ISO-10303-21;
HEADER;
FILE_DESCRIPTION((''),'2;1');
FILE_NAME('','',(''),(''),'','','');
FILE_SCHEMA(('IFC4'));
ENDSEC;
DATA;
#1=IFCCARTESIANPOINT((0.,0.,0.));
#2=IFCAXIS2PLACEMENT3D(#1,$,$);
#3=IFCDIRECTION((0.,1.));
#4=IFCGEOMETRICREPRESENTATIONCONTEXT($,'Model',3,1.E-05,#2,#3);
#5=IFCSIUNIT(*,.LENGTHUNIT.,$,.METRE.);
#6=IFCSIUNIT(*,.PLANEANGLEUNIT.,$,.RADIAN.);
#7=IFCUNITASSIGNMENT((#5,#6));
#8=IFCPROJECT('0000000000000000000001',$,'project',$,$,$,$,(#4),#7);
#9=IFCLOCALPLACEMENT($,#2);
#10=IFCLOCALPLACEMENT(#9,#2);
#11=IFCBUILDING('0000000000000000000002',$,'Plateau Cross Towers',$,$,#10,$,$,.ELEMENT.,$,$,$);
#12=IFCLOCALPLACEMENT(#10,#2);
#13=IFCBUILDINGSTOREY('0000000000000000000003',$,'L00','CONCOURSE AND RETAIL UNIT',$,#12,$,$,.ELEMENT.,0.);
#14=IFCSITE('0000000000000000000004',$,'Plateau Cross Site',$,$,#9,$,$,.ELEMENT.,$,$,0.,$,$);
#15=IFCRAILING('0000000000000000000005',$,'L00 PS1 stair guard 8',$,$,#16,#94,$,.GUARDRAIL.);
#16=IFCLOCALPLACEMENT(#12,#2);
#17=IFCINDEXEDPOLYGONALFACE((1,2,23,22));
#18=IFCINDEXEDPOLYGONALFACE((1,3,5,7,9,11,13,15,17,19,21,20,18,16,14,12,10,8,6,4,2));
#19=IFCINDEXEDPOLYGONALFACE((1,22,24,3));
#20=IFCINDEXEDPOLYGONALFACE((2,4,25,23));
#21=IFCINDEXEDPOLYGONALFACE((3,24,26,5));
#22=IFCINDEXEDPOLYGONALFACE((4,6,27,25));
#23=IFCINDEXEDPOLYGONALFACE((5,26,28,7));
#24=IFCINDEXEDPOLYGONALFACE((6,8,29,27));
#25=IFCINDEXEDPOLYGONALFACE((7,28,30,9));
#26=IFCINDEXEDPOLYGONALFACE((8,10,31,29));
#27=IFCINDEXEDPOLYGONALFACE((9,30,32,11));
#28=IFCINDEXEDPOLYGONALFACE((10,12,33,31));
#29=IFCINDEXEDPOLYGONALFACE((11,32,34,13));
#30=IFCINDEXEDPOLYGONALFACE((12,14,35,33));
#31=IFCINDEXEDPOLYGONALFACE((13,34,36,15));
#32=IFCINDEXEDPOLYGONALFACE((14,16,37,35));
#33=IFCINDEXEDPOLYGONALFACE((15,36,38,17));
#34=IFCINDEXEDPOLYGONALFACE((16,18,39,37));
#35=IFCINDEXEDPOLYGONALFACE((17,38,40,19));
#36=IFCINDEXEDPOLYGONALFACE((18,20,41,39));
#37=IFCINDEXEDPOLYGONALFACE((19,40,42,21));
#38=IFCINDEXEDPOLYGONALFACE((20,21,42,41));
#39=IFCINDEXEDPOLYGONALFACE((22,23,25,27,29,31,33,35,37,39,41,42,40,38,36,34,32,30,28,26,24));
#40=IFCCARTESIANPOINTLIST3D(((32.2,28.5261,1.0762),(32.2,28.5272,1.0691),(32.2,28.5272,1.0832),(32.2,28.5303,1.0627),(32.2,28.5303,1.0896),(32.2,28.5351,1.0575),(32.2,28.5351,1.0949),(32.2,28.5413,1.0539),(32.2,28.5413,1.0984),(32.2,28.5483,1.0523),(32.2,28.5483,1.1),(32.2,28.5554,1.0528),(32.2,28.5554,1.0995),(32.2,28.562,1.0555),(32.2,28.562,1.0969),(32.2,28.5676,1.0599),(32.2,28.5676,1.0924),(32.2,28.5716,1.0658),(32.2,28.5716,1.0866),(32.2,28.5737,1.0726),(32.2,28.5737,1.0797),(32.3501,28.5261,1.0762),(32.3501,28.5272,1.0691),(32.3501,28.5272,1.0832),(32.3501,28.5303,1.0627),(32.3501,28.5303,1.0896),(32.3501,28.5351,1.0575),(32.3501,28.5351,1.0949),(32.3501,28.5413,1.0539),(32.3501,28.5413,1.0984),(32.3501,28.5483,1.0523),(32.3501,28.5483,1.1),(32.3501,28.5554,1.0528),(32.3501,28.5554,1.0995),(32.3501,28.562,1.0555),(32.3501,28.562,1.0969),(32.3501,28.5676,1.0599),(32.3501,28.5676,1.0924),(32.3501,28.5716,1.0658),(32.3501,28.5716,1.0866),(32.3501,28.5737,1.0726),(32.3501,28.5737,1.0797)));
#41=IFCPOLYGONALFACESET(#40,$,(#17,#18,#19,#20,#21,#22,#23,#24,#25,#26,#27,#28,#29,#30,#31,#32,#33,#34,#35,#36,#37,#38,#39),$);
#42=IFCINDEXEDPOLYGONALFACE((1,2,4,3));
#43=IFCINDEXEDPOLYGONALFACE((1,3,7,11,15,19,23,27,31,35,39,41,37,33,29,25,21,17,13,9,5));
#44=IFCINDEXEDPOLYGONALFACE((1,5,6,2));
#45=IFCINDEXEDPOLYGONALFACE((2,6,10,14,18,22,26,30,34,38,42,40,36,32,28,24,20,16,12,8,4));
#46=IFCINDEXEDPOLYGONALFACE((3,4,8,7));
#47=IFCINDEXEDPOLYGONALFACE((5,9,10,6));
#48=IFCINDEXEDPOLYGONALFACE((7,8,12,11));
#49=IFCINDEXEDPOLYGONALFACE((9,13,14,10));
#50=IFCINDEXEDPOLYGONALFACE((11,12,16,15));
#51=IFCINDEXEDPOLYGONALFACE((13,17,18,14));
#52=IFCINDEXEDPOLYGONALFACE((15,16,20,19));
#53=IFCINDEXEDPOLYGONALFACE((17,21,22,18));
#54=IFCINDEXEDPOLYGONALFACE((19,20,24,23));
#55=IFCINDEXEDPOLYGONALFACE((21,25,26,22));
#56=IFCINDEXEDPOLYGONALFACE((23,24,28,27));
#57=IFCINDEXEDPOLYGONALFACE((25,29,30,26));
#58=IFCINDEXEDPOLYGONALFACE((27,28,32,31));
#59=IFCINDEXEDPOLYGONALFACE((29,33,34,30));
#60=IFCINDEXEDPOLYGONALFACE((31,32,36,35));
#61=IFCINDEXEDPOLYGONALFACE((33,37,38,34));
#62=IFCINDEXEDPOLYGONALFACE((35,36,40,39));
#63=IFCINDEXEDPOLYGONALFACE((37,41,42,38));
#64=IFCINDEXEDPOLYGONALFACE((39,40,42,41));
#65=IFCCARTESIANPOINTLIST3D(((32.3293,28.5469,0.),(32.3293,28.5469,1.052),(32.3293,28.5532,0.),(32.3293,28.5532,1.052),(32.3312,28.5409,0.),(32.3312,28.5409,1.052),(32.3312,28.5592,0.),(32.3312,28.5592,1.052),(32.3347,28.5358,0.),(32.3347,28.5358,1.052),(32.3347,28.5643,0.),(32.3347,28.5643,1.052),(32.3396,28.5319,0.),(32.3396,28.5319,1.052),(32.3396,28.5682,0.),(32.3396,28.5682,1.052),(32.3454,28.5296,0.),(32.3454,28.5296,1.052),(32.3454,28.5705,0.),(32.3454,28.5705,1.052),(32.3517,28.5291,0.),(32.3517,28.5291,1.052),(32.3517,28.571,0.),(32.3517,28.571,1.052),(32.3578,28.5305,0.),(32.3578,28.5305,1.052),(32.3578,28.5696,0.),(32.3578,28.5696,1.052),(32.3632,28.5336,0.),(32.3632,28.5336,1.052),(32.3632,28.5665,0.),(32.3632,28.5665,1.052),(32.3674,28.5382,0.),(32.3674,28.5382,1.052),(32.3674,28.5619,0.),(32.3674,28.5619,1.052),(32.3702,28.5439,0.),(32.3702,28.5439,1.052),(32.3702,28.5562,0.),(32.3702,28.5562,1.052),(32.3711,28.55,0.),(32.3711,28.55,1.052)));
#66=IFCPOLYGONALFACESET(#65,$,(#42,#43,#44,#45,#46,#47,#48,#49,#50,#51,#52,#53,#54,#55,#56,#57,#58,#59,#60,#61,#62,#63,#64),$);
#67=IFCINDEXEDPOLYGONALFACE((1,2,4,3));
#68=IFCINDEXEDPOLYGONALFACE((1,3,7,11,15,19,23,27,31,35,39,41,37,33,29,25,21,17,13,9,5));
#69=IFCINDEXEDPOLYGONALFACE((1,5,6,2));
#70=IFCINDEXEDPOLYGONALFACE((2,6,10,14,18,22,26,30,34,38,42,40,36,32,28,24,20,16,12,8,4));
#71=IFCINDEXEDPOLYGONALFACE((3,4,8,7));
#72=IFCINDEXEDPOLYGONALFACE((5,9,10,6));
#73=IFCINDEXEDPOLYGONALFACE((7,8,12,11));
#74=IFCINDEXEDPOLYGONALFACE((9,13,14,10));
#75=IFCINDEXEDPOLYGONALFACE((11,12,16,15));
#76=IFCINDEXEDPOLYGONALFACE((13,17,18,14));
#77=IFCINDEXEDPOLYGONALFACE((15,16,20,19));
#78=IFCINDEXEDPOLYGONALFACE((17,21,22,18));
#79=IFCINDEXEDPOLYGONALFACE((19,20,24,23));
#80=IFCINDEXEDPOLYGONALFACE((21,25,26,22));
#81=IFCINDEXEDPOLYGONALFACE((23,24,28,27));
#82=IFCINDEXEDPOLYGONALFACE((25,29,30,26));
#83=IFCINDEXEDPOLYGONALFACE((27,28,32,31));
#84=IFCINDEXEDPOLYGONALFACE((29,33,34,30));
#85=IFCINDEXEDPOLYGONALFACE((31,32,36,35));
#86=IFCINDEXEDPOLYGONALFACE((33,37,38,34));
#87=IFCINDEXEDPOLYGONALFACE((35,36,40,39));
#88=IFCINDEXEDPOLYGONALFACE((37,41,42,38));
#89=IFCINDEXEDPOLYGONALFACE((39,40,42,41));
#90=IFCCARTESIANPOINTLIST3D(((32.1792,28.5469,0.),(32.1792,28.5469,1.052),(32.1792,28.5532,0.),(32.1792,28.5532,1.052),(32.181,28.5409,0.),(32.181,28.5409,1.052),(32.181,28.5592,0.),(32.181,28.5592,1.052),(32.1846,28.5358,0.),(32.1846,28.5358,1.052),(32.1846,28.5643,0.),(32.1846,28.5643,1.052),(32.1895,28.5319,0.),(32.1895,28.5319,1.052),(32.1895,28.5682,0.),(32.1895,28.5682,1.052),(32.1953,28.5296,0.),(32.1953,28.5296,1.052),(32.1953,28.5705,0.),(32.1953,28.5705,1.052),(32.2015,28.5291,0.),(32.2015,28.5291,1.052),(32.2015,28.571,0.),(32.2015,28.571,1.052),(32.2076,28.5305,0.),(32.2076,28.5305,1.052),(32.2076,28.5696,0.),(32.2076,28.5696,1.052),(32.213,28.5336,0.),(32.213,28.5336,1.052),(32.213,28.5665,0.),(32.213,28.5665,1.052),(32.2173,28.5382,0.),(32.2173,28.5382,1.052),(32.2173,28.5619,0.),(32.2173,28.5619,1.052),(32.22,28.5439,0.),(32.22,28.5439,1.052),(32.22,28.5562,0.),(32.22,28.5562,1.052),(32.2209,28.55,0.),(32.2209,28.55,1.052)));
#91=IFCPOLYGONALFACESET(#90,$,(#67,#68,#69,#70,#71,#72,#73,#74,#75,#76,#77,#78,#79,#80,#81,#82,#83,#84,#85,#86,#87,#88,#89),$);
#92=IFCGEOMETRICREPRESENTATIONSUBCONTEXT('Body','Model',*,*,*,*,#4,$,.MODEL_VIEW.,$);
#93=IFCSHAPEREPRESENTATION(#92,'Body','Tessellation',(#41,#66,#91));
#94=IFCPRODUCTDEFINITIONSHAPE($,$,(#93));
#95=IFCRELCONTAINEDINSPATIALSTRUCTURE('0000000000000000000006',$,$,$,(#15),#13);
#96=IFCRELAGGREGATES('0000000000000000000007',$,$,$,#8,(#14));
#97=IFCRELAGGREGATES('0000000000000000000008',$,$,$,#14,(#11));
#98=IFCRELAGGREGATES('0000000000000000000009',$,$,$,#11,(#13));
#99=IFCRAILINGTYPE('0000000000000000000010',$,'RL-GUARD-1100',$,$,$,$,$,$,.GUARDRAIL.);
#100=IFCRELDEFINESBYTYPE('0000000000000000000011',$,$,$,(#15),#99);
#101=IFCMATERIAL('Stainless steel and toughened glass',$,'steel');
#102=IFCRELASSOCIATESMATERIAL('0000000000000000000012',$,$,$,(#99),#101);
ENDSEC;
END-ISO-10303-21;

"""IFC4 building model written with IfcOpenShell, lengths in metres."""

from ifc_helpers import new_model, si_unit, direction, frame, origin, origin_2d, place, context, subcontext, project, spatial, circle, extrude, material, type_object, element, save


model = new_model("IFC4")

# Units and contexts
model_context = context("Model", 3, precision=1e-05, world=origin(), true_north=direction((0.0, 1.0)))
body_context = subcontext(model_context, "Body", "Model", "MODEL_VIEW")
ifc_project = project(units=[si_unit("LENGTHUNIT", "METRE"), si_unit("PLANEANGLEUNIT", "RADIAN")], contexts=[model_context])

# Site, building, storey
site_placement = place(None, origin())
site = spatial("IfcSite", under=ifc_project, at=site_placement, Name="Plateau Cross Site", CompositionType="ELEMENT", RefElevation=0.0)
building_placement = place(site_placement, origin())
building = spatial("IfcBuilding", under=site, at=building_placement, Name="Plateau Cross Towers", CompositionType="ELEMENT")
storey_placement = place(building_placement, origin())
storey = spatial("IfcBuildingStorey", under=building, at=storey_placement, Name="L00", Description="CONCOURSE AND RETAIL UNIT", CompositionType="ELEMENT", Elevation=0.0)

# Railing
ifc_material_1 = material(Name="Stainless steel and toughened glass", Category="steel")
railing_type_1 = type_object("IfcRailingType", Name="RL-GUARD-1100", PredefinedType="GUARDRAIL", material=ifc_material_1)
railing_1_placement = place(storey_placement, frame((32.3501, 28.55, 0.0)))
element("IfcRailing", 1, at=railing_1_placement, inside=storey, type_object=railing_type_1, Name="L00 PS1 stair guard 8", PredefinedType="GUARDRAIL", context=body_context, shape_type="SweptSolid", body=[
    extrude(circle(Radius=0.0239, at=origin_2d()), frame((0.0, 0.0, 1.0762), z_axis=(-1.0, 0.0, 0.0), x_axis=(0.0, -1.0, 0.0)), (0.0, 0.0, 1.0), 0.1501),
    extrude(circle(Radius=0.021, at=origin_2d()), origin(), (0.0, 0.0, 1.0), 1.052),
    extrude(circle(Radius=0.021, at=origin_2d()), frame((-0.1501, 0.0, 0.0)), (0.0, 0.0, 1.0), 1.052),
])

save(model, "model.ifc")
